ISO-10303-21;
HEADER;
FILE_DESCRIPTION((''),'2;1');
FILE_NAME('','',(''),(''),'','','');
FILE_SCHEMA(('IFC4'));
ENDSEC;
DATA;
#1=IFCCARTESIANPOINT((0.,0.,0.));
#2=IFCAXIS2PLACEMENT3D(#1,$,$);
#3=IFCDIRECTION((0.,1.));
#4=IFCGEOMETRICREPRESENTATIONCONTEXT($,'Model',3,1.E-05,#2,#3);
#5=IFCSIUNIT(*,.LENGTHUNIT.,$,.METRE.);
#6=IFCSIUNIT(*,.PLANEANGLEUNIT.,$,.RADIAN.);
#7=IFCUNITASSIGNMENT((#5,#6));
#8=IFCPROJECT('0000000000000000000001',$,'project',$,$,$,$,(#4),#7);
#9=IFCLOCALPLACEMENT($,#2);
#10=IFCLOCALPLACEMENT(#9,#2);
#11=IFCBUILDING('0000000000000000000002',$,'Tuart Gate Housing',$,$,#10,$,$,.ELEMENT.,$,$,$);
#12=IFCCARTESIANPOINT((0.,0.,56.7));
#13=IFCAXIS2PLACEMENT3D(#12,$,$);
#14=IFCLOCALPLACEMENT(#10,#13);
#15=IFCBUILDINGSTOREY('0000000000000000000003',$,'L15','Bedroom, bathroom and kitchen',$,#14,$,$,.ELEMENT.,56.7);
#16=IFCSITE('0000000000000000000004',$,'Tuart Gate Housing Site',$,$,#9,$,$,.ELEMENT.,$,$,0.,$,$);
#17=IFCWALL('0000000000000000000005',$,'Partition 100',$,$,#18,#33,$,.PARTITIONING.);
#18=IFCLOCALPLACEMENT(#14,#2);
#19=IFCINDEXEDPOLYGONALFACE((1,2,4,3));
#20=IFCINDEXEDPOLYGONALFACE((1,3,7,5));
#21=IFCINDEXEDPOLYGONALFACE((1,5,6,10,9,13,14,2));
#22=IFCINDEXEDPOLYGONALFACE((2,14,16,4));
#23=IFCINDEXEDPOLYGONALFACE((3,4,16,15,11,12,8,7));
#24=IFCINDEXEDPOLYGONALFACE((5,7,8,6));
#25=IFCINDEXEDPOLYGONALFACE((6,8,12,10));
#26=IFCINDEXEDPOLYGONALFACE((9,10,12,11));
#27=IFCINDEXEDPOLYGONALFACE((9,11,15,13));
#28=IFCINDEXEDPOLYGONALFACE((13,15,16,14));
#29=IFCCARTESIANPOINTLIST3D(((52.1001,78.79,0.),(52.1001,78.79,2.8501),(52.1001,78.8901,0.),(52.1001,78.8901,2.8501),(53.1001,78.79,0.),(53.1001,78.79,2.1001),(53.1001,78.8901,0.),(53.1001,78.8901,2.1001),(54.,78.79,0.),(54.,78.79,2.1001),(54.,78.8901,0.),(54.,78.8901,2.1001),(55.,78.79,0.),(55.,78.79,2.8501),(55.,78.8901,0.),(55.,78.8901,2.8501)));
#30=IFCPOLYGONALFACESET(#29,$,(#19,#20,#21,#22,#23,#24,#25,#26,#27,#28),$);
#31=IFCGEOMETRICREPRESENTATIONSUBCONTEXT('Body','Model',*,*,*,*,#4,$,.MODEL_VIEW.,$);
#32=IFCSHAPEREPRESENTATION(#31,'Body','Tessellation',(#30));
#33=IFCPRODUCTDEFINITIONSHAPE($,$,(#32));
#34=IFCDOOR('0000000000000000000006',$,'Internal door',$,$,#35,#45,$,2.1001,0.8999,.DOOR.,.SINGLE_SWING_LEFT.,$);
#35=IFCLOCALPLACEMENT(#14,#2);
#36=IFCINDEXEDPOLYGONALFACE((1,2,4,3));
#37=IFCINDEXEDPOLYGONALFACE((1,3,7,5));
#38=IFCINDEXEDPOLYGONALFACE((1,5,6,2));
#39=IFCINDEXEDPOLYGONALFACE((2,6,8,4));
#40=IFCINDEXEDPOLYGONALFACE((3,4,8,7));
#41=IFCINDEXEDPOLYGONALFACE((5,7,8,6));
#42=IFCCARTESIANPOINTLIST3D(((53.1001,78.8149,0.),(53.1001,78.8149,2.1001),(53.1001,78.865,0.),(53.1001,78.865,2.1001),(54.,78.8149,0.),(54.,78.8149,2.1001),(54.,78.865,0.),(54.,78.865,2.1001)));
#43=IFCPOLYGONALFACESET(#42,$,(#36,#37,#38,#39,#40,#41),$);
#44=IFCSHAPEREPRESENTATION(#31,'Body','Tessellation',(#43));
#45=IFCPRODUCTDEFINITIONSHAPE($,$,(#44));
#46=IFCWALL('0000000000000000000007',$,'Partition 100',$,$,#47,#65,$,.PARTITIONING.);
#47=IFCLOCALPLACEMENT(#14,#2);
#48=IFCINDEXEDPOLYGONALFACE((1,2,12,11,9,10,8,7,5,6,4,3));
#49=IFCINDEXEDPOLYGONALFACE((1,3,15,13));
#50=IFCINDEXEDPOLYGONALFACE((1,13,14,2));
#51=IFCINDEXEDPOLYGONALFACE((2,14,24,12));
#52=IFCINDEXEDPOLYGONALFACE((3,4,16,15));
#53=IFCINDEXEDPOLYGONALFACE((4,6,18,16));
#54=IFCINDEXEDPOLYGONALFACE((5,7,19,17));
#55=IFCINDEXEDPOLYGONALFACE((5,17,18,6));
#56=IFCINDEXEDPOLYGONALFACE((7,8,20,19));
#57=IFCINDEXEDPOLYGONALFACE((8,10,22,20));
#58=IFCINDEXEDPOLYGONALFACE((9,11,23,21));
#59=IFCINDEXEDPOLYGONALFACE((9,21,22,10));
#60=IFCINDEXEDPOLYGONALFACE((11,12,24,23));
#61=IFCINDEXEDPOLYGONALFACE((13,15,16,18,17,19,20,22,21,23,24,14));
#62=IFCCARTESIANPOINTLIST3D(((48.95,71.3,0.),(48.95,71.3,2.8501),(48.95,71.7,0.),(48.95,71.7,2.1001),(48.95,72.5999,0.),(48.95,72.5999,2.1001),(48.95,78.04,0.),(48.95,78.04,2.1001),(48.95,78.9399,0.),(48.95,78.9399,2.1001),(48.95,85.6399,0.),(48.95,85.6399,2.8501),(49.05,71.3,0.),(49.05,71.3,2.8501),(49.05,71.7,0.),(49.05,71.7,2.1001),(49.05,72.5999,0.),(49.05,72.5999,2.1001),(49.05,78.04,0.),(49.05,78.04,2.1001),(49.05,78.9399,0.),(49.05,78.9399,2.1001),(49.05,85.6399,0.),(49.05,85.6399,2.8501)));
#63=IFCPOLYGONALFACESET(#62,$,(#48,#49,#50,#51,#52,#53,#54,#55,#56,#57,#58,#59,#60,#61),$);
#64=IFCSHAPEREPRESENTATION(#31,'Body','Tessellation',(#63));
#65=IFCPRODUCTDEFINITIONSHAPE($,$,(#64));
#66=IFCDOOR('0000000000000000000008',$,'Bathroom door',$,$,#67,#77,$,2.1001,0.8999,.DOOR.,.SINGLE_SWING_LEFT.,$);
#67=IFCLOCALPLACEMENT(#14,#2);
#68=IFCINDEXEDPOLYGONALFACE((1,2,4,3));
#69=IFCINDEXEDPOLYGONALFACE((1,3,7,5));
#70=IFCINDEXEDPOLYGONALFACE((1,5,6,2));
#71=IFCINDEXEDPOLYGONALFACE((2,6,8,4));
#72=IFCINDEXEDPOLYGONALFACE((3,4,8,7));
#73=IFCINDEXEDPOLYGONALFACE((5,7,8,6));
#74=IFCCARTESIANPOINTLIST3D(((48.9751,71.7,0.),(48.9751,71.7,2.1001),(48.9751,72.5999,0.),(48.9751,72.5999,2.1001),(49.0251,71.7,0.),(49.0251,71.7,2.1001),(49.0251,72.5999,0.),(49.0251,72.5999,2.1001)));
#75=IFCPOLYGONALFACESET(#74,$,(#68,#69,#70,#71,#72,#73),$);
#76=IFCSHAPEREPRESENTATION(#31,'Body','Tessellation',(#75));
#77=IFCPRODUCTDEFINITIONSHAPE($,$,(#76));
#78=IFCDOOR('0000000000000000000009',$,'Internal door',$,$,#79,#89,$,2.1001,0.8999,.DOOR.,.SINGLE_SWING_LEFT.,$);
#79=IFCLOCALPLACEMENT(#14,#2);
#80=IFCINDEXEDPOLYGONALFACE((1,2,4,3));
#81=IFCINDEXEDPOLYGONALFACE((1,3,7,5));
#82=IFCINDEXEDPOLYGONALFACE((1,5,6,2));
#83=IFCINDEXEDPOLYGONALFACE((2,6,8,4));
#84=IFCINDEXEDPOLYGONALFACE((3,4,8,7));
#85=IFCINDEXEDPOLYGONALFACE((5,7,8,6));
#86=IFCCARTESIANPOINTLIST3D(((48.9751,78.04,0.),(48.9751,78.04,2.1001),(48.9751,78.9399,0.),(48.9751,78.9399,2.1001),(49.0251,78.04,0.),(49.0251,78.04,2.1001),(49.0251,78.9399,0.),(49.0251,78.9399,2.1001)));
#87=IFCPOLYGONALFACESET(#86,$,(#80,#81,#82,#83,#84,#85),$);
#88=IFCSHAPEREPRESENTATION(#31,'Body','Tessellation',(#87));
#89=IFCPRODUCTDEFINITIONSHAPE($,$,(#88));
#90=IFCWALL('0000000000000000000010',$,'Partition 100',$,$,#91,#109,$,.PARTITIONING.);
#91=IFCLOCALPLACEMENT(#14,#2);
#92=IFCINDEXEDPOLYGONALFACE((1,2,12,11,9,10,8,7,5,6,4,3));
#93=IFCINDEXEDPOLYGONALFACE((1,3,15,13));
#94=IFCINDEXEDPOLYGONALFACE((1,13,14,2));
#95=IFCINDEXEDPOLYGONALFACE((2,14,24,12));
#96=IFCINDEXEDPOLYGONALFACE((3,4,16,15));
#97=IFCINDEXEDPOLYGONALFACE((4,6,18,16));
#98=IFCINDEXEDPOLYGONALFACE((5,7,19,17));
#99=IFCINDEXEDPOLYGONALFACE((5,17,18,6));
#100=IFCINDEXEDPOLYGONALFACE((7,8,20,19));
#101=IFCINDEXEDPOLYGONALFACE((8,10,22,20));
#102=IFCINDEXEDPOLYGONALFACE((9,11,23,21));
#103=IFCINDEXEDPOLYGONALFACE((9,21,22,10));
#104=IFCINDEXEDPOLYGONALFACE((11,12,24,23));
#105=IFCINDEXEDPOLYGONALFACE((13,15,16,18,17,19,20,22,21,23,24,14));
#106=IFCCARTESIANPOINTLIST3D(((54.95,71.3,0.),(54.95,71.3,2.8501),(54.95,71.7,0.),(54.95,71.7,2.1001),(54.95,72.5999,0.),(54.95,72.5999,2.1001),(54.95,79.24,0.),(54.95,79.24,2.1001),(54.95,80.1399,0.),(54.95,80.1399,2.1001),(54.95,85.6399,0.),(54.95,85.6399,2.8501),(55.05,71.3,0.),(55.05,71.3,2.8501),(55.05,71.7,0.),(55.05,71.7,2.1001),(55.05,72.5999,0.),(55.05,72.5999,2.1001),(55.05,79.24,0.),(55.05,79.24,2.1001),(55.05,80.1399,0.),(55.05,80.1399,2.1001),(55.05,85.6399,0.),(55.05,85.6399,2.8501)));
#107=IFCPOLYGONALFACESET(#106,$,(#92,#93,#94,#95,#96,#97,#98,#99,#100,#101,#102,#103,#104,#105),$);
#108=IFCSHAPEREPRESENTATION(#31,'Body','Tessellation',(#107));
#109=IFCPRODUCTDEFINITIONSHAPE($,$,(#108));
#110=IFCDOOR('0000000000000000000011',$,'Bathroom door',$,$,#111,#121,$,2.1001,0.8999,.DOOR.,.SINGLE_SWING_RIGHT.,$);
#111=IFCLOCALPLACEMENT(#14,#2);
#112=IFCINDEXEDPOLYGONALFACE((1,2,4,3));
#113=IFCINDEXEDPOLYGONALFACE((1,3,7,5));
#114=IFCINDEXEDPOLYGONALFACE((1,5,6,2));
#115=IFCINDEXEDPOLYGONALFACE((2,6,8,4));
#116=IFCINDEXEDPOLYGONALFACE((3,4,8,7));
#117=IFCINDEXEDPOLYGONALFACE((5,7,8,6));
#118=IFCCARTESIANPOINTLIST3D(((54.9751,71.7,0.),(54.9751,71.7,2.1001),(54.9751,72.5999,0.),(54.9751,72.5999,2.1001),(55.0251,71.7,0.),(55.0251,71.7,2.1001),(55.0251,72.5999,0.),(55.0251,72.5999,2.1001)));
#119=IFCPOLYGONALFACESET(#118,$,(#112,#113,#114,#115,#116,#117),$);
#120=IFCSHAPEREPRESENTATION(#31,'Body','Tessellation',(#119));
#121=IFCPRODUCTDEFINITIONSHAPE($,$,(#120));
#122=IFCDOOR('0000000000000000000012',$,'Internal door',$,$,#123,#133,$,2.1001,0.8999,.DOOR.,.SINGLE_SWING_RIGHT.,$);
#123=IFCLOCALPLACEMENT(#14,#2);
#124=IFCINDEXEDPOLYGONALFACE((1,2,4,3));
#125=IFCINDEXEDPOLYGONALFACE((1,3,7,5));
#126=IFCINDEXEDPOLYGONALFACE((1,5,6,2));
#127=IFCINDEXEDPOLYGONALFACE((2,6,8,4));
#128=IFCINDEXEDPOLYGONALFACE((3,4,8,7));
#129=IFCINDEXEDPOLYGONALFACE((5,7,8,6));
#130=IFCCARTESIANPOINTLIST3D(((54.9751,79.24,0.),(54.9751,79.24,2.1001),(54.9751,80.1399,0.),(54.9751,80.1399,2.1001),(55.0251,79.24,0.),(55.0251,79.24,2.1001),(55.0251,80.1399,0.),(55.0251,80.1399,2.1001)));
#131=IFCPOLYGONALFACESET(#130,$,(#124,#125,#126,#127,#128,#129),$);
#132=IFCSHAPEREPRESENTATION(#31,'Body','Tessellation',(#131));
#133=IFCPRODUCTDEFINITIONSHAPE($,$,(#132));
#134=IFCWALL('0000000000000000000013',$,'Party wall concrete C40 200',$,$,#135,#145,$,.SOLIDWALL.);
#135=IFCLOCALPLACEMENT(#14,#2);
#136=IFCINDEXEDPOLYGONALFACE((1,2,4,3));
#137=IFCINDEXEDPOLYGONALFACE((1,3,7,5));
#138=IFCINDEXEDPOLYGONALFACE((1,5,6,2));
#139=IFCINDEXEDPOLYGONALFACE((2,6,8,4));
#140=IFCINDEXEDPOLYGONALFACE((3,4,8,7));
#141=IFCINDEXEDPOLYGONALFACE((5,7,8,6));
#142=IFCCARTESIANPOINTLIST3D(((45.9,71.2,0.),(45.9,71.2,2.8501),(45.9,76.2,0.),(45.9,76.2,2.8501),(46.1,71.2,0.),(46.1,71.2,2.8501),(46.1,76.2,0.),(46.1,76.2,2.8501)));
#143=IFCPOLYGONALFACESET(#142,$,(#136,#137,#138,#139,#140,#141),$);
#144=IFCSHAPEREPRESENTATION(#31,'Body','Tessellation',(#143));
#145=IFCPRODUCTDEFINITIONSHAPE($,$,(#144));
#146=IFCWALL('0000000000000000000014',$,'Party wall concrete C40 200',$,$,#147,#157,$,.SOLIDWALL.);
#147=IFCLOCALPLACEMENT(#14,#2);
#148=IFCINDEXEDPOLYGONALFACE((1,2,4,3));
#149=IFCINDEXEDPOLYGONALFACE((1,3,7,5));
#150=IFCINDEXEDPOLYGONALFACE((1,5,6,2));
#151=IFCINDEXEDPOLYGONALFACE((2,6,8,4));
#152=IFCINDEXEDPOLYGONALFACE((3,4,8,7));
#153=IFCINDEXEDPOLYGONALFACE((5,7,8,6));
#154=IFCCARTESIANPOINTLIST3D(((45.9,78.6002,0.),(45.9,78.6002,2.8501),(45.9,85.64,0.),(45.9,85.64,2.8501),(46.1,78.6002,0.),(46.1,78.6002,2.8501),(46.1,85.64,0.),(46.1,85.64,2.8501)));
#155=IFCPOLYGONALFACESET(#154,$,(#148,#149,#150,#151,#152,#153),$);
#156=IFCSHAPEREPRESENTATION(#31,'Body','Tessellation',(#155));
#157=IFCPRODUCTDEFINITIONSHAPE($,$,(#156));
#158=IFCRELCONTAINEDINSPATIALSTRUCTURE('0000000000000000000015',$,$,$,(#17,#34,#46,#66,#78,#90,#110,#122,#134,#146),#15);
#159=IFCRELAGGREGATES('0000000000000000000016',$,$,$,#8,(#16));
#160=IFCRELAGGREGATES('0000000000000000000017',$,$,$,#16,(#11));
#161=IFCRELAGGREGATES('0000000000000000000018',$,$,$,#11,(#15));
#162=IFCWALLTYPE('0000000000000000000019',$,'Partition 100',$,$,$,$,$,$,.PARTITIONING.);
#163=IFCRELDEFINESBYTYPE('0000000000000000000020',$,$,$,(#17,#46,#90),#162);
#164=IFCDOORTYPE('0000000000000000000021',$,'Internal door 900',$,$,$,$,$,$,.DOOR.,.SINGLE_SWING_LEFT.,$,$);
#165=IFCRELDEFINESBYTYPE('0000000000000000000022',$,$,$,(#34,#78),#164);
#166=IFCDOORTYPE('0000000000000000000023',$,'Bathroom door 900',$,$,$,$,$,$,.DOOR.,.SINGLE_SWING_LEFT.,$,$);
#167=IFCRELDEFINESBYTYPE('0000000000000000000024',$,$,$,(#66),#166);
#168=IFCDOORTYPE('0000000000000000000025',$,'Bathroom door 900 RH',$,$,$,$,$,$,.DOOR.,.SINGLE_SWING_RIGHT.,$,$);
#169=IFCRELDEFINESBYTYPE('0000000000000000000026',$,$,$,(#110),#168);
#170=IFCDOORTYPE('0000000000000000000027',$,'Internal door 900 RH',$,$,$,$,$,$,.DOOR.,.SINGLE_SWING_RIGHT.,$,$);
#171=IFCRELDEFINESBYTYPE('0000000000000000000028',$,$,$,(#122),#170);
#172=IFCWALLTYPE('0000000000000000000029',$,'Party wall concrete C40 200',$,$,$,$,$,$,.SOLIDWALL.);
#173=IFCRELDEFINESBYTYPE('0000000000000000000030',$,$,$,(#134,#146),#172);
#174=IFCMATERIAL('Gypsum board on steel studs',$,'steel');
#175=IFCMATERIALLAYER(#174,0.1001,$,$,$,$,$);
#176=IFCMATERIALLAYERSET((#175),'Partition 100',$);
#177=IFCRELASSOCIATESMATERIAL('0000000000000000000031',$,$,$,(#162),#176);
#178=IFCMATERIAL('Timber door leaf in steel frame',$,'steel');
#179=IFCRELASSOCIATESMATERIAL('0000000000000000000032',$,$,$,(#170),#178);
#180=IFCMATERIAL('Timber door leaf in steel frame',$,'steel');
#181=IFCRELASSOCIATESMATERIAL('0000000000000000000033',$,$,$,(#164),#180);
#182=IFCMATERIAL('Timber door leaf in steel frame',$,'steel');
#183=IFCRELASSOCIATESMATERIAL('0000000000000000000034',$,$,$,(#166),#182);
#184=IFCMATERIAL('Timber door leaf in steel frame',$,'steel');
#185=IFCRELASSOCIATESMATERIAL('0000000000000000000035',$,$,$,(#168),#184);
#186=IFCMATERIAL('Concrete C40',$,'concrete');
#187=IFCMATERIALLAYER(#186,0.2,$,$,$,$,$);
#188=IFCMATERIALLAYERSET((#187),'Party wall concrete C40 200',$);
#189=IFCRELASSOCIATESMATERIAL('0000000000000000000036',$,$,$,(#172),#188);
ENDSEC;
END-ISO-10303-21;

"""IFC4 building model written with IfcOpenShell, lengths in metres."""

from ifc_helpers import new_model, si_unit, direction, frame, frame_2d, origin, place, context, subcontext, project, spatial, rectangle, extrude, material, layer, layer_set, type_object, element, fill, save


model = new_model("IFC4")

# Units and contexts
model_context = context("Model", 3, precision=1e-05, world=origin(), true_north=direction((0.0, 1.0)))
body_context = subcontext(model_context, "Body", "Model", "MODEL_VIEW")
ifc_project = project(units=[si_unit("LENGTHUNIT", "METRE"), si_unit("PLANEANGLEUNIT", "RADIAN")], contexts=[model_context])

# Site, building, storey
site_placement = place(None, origin())
site = spatial("IfcSite", under=ifc_project, at=site_placement, Name="Tuart Gate Housing Site", CompositionType="ELEMENT", RefElevation=0.0)
building_placement = place(site_placement, origin())
building = spatial("IfcBuilding", under=site, at=building_placement, Name="Tuart Gate Housing", CompositionType="ELEMENT")
storey_placement = place(building_placement, frame((0.0, 0.0, 56.7)))
storey = spatial("IfcBuildingStorey", under=building, at=storey_placement, Name="L15", Description="Bedroom, bathroom and kitchen", CompositionType="ELEMENT", Elevation=56.7)

# Shared definitions
ifc_material_1 = material(Name="Gypsum board on steel studs", Category="steel")
ifc_layer_1 = layer(ifc_material_1, 0.1001)
ifc_layer_set_1 = layer_set([ifc_layer_1], Name="Partition 100")
wall_type_1 = type_object("IfcWallType", Name="Partition 100", PredefinedType="PARTITIONING", material=ifc_layer_set_1)

# Wall, opening, door
ifc_material_2 = material(Name="Timber door leaf in steel frame", Category="steel")
door_type_1 = type_object("IfcDoorType", Name="Internal door 900 RH", OperationType="SINGLE_SWING_RIGHT", PredefinedType="DOOR", material=ifc_material_2)
wall_1_placement = place(storey_placement, frame((52.1001, 78.8401, 0.0), z_axis=(0.0, 0.0, 1.0), x_axis=(1.0, 0.0, 0.0)))
wall_1 = element("IfcWall", 1, at=wall_1_placement, inside=storey, type_object=wall_type_1, Name="Partition 100", PredefinedType="PARTITIONING", context=body_context, shape_type="SweptSolid", body=[
    extrude(rectangle(XDim=2.8999, YDim=0.1001, at=frame_2d((1.45, 0.0))), origin(), (0.0, 0.0, 1.0), 2.8501),
])
opening_1_placement = place(wall_1_placement, frame((1.0, 0.0, 0.0)))
opening_1 = element("IfcOpeningElement", 2, at=opening_1_placement, cuts=wall_1, PredefinedType="OPENING", context=body_context, shape_type="SweptSolid", body=[
    extrude(rectangle(XDim=0.8999, YDim=2.1001, at=frame_2d((0.45, 1.05))), frame((0.0, 0.0601, 0.0), z_axis=(0.0, -1.0, 0.0), x_axis=(1.0, 0.0, 0.0)), (0.0, 0.0, 1.0), 0.1201),
])
ifc_material_3 = material(Name="Timber door leaf in steel frame", Category="steel")
door_type_2 = type_object("IfcDoorType", Name="Internal door 900", OperationType="SINGLE_SWING_LEFT", PredefinedType="DOOR", material=ifc_material_3)
door_1_placement = place(opening_1_placement, frame((0.8999, 0.0, 0.0), z_axis=(0.0, 0.0, 1.0), x_axis=(-1.0, 0.0, 0.0)))
door_1 = element("IfcDoor", 3, at=door_1_placement, inside=storey, type_object=door_type_2, Name="Internal door", OperationType="SINGLE_SWING_LEFT", OverallHeight=2.1001, OverallWidth=0.8999, PredefinedType="DOOR", context=body_context, shape_type="SweptSolid", body=[
    extrude(rectangle(XDim=0.8999, YDim=2.1001, at=frame_2d((0.45, 1.05))), frame((0.0, 0.0251, 0.0), z_axis=(0.0, -1.0, 0.0), x_axis=(1.0, 0.0, 0.0)), (0.0, 0.0, 1.0), 0.05),
])
fill(opening_1, door_1)

# Walls, openings, doors
wall_2_placement = place(storey_placement, frame((49.0, 71.3, 0.0), z_axis=(0.0, 0.0, 1.0), x_axis=(0.0, 1.0, 0.0)))
wall_2 = element("IfcWall", 4, at=wall_2_placement, inside=storey, type_object=wall_type_1, Name="Partition 100", PredefinedType="PARTITIONING", context=body_context, shape_type="SweptSolid", body=[
    extrude(rectangle(XDim=14.3398, YDim=0.1001, at=frame_2d((7.1699, 0.0))), origin(), (0.0, 0.0, 1.0), 2.8501),
])
opening_2_placement = place(wall_2_placement, frame((6.74, 0.0, 0.0)))
opening_2 = element("IfcOpeningElement", 5, at=opening_2_placement, cuts=wall_2, PredefinedType="OPENING", context=body_context, shape_type="SweptSolid", body=[
    extrude(rectangle(XDim=0.8999, YDim=2.1001, at=frame_2d((0.45, 1.05))), frame((0.0, 0.0601, 0.0), z_axis=(0.0, -1.0, 0.0), x_axis=(1.0, 0.0, 0.0)), (0.0, 0.0, 1.0), 0.1201),
])
opening_3_placement = place(wall_2_placement, frame((0.3999, 0.0, 0.0)))
opening_3 = element("IfcOpeningElement", 6, at=opening_3_placement, cuts=wall_2, PredefinedType="OPENING", context=body_context, shape_type="SweptSolid", body=[
    extrude(rectangle(XDim=0.8999, YDim=2.1001, at=frame_2d((0.45, 1.05))), frame((0.0, 0.0601, 0.0), z_axis=(0.0, -1.0, 0.0), x_axis=(1.0, 0.0, 0.0)), (0.0, 0.0, 1.0), 0.1201),
])
ifc_material_4 = material(Name="Timber door leaf in steel frame", Category="steel")
door_type_3 = type_object("IfcDoorType", Name="Bathroom door 900", OperationType="SINGLE_SWING_LEFT", PredefinedType="DOOR", material=ifc_material_4)
door_2_placement = place(opening_3_placement, origin())
door_2 = element("IfcDoor", 7, at=door_2_placement, inside=storey, type_object=door_type_3, Name="Bathroom door", OperationType="SINGLE_SWING_LEFT", OverallHeight=2.1001, OverallWidth=0.8999, PredefinedType="DOOR", context=body_context, shape_type="SweptSolid", body=[
    extrude(rectangle(XDim=0.8999, YDim=2.1001, at=frame_2d((0.45, 1.05))), frame((0.0, 0.0249, 0.0), z_axis=(0.0, -1.0, 0.0), x_axis=(1.0, 0.0, 0.0)), (0.0, 0.0, 1.0), 0.05),
])
fill(opening_3, door_2)
door_3_placement = place(opening_2_placement, origin())
door_3 = element("IfcDoor", 8, at=door_3_placement, inside=storey, type_object=door_type_2, Name="Internal door", OperationType="SINGLE_SWING_LEFT", OverallHeight=2.1001, OverallWidth=0.8999, PredefinedType="DOOR", context=body_context, shape_type="SweptSolid", body=[
    extrude(rectangle(XDim=0.8999, YDim=2.1001, at=frame_2d((0.45, 1.05))), frame((0.0, 0.0249, 0.0), z_axis=(0.0, -1.0, 0.0), x_axis=(1.0, 0.0, 0.0)), (0.0, 0.0, 1.0), 0.05),
])
fill(opening_2, door_3)
wall_3_placement = place(storey_placement, frame((55.0, 71.3, 0.0), z_axis=(0.0, 0.0, 1.0), x_axis=(0.0, 1.0, 0.0)))
wall_3 = element("IfcWall", 9, at=wall_3_placement, inside=storey, type_object=wall_type_1, Name="Partition 100", PredefinedType="PARTITIONING", context=body_context, shape_type="SweptSolid", body=[
    extrude(rectangle(XDim=14.3398, YDim=0.1001, at=frame_2d((7.1699, 0.0))), origin(), (0.0, 0.0, 1.0), 2.8501),
])
opening_4_placement = place(wall_3_placement, frame((7.9399, 0.0, 0.0)))
opening_4 = element("IfcOpeningElement", 10, at=opening_4_placement, cuts=wall_3, PredefinedType="OPENING", context=body_context, shape_type="SweptSolid", body=[
    extrude(rectangle(XDim=0.8999, YDim=2.1001, at=frame_2d((0.45, 1.05))), frame((0.0, 0.0601, 0.0), z_axis=(0.0, -1.0, 0.0), x_axis=(1.0, 0.0, 0.0)), (0.0, 0.0, 1.0), 0.1201),
])
opening_5_placement = place(wall_3_placement, frame((0.3999, 0.0, 0.0)))
opening_5 = element("IfcOpeningElement", 11, at=opening_5_placement, cuts=wall_3, PredefinedType="OPENING", context=body_context, shape_type="SweptSolid", body=[
    extrude(rectangle(XDim=0.8999, YDim=2.1001, at=frame_2d((0.45, 1.05))), frame((0.0, 0.0601, 0.0), z_axis=(0.0, -1.0, 0.0), x_axis=(1.0, 0.0, 0.0)), (0.0, 0.0, 1.0), 0.1201),
])
ifc_material_5 = material(Name="Timber door leaf in steel frame", Category="steel")
door_type_4 = type_object("IfcDoorType", Name="Bathroom door 900 RH", OperationType="SINGLE_SWING_RIGHT", PredefinedType="DOOR", material=ifc_material_5)
door_4_placement = place(opening_5_placement, frame((0.8999, 0.0, 0.0), z_axis=(0.0, 0.0, 1.0), x_axis=(-1.0, 0.0, 0.0)))
door_4 = element("IfcDoor", 12, at=door_4_placement, inside=storey, type_object=door_type_4, Name="Bathroom door", OperationType="SINGLE_SWING_RIGHT", OverallHeight=2.1001, OverallWidth=0.8999, PredefinedType="DOOR", context=body_context, shape_type="SweptSolid", body=[
    extrude(rectangle(XDim=0.8999, YDim=2.1001, at=frame_2d((0.45, 1.05))), frame((0.0, 0.0251, 0.0), z_axis=(0.0, -1.0, 0.0), x_axis=(1.0, 0.0, 0.0)), (0.0, 0.0, 1.0), 0.05),
])
fill(opening_5, door_4)
door_5_placement = place(opening_4_placement, frame((0.8999, 0.0, 0.0), z_axis=(0.0, 0.0, 1.0), x_axis=(-1.0, 0.0, 0.0)))
door_5 = element("IfcDoor", 13, at=door_5_placement, inside=storey, type_object=door_type_1, Name="Internal door", OperationType="SINGLE_SWING_RIGHT", OverallHeight=2.1001, OverallWidth=0.8999, PredefinedType="DOOR", context=body_context, shape_type="SweptSolid", body=[
    extrude(rectangle(XDim=0.8999, YDim=2.1001, at=frame_2d((0.45, 1.05))), frame((0.0, 0.0251, 0.0), z_axis=(0.0, -1.0, 0.0), x_axis=(1.0, 0.0, 0.0)), (0.0, 0.0, 1.0), 0.05),
])
fill(opening_4, door_5)

# Walls
ifc_material_6 = material(Name="Concrete C40", Category="concrete")
ifc_layer_2 = layer(ifc_material_6, 0.2)
ifc_layer_set_2 = layer_set([ifc_layer_2], Name="Party wall concrete C40 200")
wall_type_2 = type_object("IfcWallType", Name="Party wall concrete C40 200", PredefinedType="SOLIDWALL", material=ifc_layer_set_2)
wall_4_placement = place(storey_placement, frame((46.0, 71.2, 0.0), z_axis=(0.0, 0.0, 1.0), x_axis=(0.0, 1.0, 0.0)))
element("IfcWall", 14, at=wall_4_placement, inside=storey, type_object=wall_type_2, Name="Party wall concrete C40 200", PredefinedType="SOLIDWALL", context=body_context, shape_type="SweptSolid", body=[
    extrude(rectangle(XDim=5.0, YDim=0.2, at=frame_2d((2.5, 0.0))), origin(), (0.0, 0.0, 1.0), 2.8501),
])
wall_5_placement = place(storey_placement, frame((46.0, 78.6001, 0.0), z_axis=(0.0, 0.0, 1.0), x_axis=(0.0, 1.0, 0.0)))
element("IfcWall", 15, at=wall_5_placement, inside=storey, type_object=wall_type_2, Name="Party wall concrete C40 200", PredefinedType="SOLIDWALL", context=body_context, shape_type="SweptSolid", body=[
    extrude(rectangle(XDim=7.0398, YDim=0.2, at=frame_2d((3.52, 0.0))), origin(), (0.0, 0.0, 1.0), 2.8501),
])

save(model, "model.ifc")
